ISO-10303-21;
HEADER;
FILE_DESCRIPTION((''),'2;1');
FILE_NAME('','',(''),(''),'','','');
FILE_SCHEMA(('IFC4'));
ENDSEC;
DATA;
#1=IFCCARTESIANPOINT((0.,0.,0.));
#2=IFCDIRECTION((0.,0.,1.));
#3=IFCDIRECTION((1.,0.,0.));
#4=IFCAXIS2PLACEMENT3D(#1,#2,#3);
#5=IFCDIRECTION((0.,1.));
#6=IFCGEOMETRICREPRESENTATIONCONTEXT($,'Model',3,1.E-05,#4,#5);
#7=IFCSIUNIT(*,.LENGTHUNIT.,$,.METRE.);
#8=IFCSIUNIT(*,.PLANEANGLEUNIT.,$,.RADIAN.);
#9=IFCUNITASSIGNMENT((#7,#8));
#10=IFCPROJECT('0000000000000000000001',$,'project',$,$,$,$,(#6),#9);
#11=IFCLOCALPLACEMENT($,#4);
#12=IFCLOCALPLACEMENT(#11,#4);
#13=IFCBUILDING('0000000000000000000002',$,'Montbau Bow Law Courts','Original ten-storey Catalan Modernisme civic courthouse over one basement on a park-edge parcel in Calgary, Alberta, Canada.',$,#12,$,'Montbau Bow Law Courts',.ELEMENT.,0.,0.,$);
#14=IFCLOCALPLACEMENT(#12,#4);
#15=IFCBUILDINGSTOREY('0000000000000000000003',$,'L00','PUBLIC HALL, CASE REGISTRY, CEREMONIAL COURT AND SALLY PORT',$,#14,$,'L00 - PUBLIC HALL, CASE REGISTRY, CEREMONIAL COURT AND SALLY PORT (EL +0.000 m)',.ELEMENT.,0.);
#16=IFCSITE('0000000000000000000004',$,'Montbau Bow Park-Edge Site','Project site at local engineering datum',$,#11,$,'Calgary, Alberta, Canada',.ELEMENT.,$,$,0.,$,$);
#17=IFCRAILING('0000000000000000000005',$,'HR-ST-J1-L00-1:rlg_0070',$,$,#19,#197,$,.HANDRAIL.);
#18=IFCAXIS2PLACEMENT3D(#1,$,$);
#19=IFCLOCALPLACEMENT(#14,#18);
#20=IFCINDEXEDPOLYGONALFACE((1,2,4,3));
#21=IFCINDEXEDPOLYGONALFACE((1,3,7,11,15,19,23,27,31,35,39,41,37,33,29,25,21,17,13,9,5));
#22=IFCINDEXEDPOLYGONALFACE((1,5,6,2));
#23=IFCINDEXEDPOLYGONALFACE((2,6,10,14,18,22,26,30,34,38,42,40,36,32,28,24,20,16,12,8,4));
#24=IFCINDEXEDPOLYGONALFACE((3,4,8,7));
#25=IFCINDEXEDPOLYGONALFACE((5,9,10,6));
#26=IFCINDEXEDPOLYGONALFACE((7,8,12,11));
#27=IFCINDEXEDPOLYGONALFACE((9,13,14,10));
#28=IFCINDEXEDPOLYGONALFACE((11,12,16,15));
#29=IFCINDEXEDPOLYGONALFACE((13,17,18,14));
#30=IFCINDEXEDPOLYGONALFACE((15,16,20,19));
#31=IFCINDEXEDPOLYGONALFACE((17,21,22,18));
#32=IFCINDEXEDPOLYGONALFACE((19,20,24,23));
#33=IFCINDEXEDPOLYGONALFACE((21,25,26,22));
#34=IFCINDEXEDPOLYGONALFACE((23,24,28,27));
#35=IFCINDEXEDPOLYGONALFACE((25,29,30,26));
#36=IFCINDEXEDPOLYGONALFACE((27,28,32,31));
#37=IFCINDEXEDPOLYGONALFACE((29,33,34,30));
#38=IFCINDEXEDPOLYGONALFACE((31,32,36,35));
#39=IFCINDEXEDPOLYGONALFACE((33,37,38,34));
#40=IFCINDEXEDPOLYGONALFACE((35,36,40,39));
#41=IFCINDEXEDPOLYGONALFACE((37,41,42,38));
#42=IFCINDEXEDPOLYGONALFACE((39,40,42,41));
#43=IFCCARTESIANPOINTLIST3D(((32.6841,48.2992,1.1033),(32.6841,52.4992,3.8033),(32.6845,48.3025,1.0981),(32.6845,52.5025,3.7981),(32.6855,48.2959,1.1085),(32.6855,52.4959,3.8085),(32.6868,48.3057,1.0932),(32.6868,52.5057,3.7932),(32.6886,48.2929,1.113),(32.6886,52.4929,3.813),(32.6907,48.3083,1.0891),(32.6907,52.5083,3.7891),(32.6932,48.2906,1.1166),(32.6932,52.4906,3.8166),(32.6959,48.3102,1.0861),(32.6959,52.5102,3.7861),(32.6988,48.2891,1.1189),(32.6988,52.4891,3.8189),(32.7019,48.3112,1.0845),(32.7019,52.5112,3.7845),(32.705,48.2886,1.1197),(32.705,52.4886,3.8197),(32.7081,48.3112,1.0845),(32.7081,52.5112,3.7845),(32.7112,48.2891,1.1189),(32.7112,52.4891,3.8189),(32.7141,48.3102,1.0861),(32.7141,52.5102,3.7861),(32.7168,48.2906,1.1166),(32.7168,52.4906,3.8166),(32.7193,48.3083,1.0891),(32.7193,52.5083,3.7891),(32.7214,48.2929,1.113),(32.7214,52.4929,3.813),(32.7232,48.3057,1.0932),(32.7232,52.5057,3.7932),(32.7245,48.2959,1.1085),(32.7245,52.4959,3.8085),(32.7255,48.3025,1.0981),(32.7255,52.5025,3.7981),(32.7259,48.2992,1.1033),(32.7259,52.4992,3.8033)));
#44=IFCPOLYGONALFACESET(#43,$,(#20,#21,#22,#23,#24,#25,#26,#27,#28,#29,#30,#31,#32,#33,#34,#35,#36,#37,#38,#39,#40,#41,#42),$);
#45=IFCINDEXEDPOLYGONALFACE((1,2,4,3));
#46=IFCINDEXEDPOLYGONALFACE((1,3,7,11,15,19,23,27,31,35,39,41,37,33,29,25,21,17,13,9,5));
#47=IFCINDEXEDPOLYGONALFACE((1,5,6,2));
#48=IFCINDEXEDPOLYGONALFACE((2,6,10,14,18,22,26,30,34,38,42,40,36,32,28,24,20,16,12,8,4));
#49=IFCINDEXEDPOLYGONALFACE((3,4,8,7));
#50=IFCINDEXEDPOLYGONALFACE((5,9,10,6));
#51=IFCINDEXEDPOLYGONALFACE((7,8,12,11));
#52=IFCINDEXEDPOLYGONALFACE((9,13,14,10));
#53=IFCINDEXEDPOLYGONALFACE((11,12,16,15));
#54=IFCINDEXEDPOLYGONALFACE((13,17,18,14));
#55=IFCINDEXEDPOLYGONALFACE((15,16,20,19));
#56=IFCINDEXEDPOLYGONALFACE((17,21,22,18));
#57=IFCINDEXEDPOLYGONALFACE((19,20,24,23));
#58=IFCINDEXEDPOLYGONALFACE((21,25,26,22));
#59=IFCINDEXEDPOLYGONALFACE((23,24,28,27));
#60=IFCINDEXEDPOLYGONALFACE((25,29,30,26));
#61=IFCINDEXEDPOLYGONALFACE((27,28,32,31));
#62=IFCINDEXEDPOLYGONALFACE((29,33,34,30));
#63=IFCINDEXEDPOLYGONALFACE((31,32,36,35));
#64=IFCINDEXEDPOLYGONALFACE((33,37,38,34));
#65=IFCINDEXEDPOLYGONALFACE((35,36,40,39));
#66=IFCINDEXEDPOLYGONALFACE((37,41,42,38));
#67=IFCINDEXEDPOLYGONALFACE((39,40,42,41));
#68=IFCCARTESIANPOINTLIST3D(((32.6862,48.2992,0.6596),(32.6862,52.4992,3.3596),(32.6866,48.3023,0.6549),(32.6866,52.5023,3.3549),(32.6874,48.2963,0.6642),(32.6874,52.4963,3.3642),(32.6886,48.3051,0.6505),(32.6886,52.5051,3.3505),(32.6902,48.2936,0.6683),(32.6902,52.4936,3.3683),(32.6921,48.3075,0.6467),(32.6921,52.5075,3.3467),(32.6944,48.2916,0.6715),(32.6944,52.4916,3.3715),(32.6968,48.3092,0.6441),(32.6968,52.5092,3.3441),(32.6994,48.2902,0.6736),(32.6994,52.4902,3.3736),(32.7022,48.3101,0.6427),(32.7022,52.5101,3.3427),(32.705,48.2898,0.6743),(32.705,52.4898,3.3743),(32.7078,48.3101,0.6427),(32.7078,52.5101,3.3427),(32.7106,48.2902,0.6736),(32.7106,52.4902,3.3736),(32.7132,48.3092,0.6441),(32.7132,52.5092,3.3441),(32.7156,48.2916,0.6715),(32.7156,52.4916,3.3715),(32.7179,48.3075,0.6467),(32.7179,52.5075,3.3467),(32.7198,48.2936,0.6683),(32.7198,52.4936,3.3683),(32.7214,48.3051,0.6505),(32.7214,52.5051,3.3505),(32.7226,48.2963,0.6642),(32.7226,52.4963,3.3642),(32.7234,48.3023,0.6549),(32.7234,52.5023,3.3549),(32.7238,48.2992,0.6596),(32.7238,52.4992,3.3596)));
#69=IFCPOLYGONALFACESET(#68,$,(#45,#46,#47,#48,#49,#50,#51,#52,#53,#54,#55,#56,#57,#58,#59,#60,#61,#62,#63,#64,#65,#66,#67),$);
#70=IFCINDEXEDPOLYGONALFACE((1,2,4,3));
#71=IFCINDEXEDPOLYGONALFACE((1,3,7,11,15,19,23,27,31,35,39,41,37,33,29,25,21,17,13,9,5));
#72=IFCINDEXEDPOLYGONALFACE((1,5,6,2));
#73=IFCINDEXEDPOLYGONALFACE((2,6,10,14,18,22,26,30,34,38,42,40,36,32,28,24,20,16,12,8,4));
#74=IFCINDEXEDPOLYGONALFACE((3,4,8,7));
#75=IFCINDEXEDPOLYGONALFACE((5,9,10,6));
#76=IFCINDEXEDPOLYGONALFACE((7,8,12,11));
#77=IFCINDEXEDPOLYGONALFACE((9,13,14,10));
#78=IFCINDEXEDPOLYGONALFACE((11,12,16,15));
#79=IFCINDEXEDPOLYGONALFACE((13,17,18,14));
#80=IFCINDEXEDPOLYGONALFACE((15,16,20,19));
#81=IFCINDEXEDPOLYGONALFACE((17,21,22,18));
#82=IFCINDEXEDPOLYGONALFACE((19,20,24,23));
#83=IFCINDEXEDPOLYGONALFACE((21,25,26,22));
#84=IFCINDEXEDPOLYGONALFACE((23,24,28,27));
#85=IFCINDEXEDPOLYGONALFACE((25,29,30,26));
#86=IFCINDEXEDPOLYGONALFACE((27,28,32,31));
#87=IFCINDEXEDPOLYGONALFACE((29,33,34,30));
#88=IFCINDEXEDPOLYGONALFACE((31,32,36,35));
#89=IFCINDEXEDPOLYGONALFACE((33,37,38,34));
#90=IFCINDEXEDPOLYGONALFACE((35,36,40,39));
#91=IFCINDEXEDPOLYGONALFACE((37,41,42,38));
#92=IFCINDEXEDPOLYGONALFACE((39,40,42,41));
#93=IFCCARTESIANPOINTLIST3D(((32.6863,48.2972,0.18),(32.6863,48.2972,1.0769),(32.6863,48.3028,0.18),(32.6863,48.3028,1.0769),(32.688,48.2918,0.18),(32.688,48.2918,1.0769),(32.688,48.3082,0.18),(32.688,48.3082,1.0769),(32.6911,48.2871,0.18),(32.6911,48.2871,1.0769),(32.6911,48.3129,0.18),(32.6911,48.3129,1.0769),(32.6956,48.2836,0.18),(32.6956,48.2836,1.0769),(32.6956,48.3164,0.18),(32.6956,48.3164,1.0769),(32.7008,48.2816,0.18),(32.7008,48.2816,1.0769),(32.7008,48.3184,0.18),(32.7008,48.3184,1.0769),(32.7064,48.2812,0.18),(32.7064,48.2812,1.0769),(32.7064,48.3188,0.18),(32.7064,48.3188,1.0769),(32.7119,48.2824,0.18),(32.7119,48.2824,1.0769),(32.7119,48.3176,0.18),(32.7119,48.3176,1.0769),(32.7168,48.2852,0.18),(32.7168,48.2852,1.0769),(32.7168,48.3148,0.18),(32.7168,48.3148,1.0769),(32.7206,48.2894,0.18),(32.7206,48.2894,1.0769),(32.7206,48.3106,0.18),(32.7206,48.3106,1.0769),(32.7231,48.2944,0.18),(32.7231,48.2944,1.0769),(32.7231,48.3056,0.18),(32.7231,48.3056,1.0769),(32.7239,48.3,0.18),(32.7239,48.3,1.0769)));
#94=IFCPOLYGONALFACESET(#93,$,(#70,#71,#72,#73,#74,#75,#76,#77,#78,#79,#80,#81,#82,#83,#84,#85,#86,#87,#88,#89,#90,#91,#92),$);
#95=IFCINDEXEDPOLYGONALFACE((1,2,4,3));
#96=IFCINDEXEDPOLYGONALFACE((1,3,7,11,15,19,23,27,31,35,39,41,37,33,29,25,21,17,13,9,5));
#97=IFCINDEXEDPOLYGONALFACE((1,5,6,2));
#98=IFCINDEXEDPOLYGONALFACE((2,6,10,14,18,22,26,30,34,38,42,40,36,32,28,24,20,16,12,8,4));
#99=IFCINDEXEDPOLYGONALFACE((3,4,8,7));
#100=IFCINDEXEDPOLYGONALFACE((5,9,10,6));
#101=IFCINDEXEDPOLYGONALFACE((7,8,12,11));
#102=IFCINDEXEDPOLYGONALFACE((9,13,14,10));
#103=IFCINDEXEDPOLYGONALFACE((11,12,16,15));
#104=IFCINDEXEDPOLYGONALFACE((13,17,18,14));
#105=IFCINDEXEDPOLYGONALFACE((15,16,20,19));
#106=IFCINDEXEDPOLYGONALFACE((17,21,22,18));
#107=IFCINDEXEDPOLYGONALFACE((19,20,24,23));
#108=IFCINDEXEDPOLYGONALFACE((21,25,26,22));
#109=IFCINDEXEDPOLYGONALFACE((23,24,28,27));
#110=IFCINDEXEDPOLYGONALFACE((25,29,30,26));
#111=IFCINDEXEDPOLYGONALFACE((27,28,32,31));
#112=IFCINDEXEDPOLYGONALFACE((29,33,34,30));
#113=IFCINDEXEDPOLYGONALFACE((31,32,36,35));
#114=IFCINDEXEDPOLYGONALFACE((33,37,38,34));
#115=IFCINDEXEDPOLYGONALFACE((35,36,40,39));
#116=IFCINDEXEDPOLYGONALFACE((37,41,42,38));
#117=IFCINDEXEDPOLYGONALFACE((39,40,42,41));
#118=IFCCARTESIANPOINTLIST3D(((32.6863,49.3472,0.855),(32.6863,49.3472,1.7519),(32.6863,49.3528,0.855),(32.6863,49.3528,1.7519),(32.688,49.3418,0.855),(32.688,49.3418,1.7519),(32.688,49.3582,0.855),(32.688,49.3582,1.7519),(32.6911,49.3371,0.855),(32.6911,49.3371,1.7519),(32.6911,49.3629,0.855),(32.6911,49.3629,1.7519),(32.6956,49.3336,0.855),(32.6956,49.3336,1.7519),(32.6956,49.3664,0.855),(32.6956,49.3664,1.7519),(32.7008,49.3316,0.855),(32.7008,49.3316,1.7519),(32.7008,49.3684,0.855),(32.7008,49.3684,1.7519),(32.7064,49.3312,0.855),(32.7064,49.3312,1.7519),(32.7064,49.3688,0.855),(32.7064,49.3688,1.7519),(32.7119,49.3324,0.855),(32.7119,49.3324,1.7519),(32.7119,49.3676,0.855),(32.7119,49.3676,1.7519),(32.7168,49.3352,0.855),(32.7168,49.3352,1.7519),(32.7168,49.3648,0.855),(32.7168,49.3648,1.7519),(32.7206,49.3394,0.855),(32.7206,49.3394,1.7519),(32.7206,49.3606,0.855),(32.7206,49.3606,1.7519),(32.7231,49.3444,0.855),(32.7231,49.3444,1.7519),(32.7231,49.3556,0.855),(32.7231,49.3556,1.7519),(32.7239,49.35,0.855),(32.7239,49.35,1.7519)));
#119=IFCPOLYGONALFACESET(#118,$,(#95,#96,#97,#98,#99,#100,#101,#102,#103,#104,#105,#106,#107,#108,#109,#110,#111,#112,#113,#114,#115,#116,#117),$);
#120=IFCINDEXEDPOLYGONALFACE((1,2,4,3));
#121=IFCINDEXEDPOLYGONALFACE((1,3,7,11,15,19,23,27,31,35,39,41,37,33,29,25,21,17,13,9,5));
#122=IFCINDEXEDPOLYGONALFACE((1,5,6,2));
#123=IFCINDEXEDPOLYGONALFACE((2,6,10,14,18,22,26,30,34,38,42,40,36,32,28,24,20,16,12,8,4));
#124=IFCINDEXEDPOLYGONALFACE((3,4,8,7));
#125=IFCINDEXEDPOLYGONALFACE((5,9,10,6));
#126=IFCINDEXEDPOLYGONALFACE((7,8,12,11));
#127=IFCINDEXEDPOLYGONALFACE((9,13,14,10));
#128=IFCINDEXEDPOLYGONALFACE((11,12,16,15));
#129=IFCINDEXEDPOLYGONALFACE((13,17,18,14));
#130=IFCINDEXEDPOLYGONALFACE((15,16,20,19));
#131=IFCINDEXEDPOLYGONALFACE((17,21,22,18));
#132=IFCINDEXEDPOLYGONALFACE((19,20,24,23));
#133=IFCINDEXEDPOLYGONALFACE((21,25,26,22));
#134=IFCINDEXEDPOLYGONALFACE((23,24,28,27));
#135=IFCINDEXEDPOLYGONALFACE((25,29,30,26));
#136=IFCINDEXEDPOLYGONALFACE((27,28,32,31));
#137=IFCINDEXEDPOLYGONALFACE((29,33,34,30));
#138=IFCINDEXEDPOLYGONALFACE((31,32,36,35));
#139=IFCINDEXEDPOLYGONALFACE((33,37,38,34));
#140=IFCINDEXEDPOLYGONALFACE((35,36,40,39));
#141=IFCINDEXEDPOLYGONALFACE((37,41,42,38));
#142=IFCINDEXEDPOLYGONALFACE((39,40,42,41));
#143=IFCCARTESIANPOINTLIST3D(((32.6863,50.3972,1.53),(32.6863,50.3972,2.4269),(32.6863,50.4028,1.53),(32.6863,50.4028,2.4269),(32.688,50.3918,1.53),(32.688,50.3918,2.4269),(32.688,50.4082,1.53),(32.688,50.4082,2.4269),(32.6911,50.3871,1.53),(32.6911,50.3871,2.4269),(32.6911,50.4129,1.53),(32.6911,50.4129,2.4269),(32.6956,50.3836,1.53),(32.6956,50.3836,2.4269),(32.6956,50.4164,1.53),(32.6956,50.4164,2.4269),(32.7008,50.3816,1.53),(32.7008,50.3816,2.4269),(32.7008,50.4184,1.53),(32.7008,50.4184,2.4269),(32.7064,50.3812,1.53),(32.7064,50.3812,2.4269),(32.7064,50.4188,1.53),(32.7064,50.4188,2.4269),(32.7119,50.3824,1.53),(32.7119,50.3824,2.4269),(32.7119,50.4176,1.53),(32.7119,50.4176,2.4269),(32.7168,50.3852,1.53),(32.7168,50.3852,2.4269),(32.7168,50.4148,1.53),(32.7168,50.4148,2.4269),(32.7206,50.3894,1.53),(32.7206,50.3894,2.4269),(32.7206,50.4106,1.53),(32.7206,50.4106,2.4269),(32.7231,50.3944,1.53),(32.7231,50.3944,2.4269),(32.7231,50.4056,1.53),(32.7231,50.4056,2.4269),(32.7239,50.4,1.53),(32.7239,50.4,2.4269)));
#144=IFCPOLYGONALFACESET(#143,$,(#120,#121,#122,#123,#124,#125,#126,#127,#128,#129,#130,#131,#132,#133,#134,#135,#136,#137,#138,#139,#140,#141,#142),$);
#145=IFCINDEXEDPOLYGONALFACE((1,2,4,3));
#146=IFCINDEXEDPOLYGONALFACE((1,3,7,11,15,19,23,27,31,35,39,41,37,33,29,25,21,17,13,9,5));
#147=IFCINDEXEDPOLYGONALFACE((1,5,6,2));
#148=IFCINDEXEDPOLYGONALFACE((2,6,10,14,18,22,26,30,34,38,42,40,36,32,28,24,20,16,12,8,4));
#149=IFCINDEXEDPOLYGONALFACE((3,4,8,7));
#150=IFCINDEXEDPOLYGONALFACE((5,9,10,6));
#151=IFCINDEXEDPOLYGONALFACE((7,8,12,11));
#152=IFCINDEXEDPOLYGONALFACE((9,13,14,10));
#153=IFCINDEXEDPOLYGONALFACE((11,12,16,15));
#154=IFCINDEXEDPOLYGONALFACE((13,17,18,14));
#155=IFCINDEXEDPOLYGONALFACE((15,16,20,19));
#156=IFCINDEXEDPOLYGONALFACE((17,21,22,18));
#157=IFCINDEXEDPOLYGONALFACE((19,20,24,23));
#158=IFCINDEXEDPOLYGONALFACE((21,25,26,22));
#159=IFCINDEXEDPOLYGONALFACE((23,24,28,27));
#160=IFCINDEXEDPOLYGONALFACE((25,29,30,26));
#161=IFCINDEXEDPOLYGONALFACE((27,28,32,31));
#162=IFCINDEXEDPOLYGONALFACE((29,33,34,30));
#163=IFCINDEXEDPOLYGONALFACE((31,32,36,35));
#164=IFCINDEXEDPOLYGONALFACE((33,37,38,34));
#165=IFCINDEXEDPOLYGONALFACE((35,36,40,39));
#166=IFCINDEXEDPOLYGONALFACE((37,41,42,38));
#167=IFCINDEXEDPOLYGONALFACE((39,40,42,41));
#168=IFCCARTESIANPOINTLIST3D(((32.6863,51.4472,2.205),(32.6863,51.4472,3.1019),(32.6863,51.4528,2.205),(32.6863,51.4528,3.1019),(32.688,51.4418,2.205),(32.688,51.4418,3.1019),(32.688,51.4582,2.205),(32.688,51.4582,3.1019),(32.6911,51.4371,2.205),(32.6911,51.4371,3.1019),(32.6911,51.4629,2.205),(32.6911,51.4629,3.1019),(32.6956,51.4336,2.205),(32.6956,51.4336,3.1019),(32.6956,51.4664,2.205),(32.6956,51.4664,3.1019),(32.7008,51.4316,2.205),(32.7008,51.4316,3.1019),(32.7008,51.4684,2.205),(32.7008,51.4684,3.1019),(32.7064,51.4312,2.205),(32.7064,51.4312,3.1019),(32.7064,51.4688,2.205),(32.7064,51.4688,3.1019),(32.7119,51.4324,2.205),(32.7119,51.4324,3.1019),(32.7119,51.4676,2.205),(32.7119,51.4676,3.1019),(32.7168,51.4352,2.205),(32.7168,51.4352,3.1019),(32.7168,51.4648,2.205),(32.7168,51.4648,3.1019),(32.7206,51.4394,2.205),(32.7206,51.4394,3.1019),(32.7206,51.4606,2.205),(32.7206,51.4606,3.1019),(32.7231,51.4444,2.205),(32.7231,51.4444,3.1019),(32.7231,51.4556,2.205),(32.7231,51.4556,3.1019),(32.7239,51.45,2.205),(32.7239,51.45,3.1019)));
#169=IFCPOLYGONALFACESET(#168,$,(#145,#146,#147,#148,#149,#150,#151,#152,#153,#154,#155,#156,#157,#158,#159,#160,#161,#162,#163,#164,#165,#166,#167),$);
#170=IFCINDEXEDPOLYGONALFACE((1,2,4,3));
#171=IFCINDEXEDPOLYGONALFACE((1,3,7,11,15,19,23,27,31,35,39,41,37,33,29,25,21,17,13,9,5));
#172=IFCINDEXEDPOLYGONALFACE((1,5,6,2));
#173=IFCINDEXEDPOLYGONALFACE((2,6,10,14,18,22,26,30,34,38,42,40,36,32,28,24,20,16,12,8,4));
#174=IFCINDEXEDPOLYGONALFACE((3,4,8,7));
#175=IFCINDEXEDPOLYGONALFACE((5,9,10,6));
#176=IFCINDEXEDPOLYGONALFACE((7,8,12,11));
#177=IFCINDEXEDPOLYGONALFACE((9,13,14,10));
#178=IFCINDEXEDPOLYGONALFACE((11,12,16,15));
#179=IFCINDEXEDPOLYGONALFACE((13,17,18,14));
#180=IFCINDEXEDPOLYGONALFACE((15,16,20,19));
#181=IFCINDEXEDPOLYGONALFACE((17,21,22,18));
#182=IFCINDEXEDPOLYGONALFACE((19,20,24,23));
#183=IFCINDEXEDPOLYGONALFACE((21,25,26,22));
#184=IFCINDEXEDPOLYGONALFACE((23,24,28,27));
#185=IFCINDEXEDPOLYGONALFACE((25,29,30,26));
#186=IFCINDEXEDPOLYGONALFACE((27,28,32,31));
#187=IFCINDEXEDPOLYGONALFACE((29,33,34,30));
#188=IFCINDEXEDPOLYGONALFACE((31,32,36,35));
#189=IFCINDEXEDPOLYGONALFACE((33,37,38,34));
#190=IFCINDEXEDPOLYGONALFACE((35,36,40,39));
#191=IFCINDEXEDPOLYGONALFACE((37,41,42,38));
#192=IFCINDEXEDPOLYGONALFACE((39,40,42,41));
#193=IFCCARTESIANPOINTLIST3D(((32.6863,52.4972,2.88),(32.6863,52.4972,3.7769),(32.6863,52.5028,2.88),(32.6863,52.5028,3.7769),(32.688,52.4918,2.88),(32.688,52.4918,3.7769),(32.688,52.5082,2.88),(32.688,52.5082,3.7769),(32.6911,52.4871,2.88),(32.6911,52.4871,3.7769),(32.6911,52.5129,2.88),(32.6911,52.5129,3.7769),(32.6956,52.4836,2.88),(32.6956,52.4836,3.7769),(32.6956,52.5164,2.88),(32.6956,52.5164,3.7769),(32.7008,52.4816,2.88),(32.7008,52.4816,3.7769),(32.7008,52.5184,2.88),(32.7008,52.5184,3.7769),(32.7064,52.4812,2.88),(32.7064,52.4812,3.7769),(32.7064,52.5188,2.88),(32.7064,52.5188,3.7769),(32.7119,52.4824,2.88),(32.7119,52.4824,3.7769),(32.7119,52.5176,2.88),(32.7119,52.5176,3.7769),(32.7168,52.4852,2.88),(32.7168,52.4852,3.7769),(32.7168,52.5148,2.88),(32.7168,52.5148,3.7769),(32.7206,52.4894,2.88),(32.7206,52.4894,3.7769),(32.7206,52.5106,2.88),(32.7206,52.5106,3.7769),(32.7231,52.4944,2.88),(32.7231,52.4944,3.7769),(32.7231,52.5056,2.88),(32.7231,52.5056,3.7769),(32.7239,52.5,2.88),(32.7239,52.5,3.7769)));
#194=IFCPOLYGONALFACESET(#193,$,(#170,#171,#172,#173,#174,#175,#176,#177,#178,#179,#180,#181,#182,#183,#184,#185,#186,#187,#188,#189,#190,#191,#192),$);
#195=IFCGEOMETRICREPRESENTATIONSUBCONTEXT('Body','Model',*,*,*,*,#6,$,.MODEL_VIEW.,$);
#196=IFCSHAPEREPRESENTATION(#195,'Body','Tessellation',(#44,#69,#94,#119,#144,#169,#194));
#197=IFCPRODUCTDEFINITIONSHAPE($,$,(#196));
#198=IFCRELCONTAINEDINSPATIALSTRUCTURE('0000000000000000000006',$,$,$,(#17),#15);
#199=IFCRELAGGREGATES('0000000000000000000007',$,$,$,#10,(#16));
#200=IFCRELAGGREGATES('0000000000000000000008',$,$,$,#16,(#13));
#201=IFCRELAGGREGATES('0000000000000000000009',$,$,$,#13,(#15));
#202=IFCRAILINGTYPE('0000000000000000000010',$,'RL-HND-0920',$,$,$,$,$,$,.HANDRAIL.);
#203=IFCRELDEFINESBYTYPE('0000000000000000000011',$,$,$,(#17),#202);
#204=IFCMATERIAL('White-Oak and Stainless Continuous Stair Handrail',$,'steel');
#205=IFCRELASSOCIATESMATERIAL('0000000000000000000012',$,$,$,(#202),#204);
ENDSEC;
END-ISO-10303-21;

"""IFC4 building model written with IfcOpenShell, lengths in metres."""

from ifc_helpers import new_model, si_unit, direction, frame, origin_with_axes, origin_2d_with_axis, place, context, subcontext, project, spatial, circle, extrude, material, type_object, element, save


model = new_model("IFC4")

# Units and contexts
model_context = context("Model", 3, precision=1e-05, world=origin_with_axes(), true_north=direction((0.0, 1.0)))
body_context = subcontext(model_context, "Body", "Model", "MODEL_VIEW")
ifc_project = project(units=[si_unit("LENGTHUNIT", "METRE"), si_unit("PLANEANGLEUNIT", "RADIAN")], contexts=[model_context])

# Site, building, storey
site_placement = place(None, origin_with_axes())
site = spatial("IfcSite", under=ifc_project, at=site_placement, Name="Montbau Bow Park-Edge Site", Description="Project site at local engineering datum", LongName="Calgary, Alberta, Canada", CompositionType="ELEMENT", RefElevation=0.0)
building_placement = place(site_placement, origin_with_axes())
building = spatial("IfcBuilding", under=site, at=building_placement, Name="Montbau Bow Law Courts", Description="Original ten-storey Catalan Modernisme civic courthouse over one basement on a park-edge parcel in Calgary, Alberta, Canada.", LongName="Montbau Bow Law Courts", CompositionType="ELEMENT", ElevationOfRefHeight=0.0, ElevationOfTerrain=0.0)
storey_placement = place(building_placement, origin_with_axes())
storey = spatial("IfcBuildingStorey", under=building, at=storey_placement, Name="L00", Description="PUBLIC HALL, CASE REGISTRY, CEREMONIAL COURT AND SALLY PORT", LongName="L00 - PUBLIC HALL, CASE REGISTRY, CEREMONIAL COURT AND SALLY PORT (EL +0.000 m)", CompositionType="ELEMENT", Elevation=0.0)

# Railing
ifc_material_1 = material(Name="White-Oak and Stainless Continuous Stair Handrail", Category="steel")
railing_type_1 = type_object("IfcRailingType", Name="RL-HND-0920", PredefinedType="HANDRAIL", material=ifc_material_1)
railing_1_placement = place(None, origin_with_axes())
element("IfcRailing", 1, at=railing_1_placement, inside=storey, type_object=railing_type_1, Name="HR-ST-J1-L00-1:rlg_0070", PredefinedType="HANDRAIL", context=body_context, shape_type="SweptSolid", body=[
    extrude(circle(Radius=0.021, at=origin_2d_with_axis()), frame((32.705, 48.3, 1.102), z_axis=(0.0, 0.841178, 0.540758), x_axis=(0.0, -0.540758, 0.841178)), (0.0, 0.0, 1.0), 4.993),
    extrude(circle(Radius=0.0189, at=origin_2d_with_axis()), frame((32.705, 48.3, 0.6584), z_axis=(0.0, 0.841178, 0.540758), x_axis=(0.0, -0.540758, 0.841178)), (0.0, 0.0, 1.0), 4.993),
    extrude(circle(Radius=0.0189, at=origin_2d_with_axis()), frame((32.705, 48.3, 0.18), z_axis=(0.0, 0.0, 1.0), x_axis=(1.0, 0.0, 0.0)), (0.0, 0.0, 1.0), 0.8969),
    extrude(circle(Radius=0.0189, at=origin_2d_with_axis()), frame((32.705, 49.35, 0.855), z_axis=(0.0, 0.0, 1.0), x_axis=(1.0, 0.0, 0.0)), (0.0, 0.0, 1.0), 0.8969),
    extrude(circle(Radius=0.0189, at=origin_2d_with_axis()), frame((32.705, 50.4, 1.53), z_axis=(0.0, 0.0, 1.0), x_axis=(1.0, 0.0, 0.0)), (0.0, 0.0, 1.0), 0.8969),
    extrude(circle(Radius=0.0189, at=origin_2d_with_axis()), frame((32.705, 51.45, 2.205), z_axis=(0.0, 0.0, 1.0), x_axis=(1.0, 0.0, 0.0)), (0.0, 0.0, 1.0), 0.8969),
    extrude(circle(Radius=0.0189, at=origin_2d_with_axis()), frame((32.705, 52.5, 2.88), z_axis=(0.0, 0.0, 1.0), x_axis=(1.0, 0.0, 0.0)), (0.0, 0.0, 1.0), 0.8969),
])

save(model, "model.ifc")
